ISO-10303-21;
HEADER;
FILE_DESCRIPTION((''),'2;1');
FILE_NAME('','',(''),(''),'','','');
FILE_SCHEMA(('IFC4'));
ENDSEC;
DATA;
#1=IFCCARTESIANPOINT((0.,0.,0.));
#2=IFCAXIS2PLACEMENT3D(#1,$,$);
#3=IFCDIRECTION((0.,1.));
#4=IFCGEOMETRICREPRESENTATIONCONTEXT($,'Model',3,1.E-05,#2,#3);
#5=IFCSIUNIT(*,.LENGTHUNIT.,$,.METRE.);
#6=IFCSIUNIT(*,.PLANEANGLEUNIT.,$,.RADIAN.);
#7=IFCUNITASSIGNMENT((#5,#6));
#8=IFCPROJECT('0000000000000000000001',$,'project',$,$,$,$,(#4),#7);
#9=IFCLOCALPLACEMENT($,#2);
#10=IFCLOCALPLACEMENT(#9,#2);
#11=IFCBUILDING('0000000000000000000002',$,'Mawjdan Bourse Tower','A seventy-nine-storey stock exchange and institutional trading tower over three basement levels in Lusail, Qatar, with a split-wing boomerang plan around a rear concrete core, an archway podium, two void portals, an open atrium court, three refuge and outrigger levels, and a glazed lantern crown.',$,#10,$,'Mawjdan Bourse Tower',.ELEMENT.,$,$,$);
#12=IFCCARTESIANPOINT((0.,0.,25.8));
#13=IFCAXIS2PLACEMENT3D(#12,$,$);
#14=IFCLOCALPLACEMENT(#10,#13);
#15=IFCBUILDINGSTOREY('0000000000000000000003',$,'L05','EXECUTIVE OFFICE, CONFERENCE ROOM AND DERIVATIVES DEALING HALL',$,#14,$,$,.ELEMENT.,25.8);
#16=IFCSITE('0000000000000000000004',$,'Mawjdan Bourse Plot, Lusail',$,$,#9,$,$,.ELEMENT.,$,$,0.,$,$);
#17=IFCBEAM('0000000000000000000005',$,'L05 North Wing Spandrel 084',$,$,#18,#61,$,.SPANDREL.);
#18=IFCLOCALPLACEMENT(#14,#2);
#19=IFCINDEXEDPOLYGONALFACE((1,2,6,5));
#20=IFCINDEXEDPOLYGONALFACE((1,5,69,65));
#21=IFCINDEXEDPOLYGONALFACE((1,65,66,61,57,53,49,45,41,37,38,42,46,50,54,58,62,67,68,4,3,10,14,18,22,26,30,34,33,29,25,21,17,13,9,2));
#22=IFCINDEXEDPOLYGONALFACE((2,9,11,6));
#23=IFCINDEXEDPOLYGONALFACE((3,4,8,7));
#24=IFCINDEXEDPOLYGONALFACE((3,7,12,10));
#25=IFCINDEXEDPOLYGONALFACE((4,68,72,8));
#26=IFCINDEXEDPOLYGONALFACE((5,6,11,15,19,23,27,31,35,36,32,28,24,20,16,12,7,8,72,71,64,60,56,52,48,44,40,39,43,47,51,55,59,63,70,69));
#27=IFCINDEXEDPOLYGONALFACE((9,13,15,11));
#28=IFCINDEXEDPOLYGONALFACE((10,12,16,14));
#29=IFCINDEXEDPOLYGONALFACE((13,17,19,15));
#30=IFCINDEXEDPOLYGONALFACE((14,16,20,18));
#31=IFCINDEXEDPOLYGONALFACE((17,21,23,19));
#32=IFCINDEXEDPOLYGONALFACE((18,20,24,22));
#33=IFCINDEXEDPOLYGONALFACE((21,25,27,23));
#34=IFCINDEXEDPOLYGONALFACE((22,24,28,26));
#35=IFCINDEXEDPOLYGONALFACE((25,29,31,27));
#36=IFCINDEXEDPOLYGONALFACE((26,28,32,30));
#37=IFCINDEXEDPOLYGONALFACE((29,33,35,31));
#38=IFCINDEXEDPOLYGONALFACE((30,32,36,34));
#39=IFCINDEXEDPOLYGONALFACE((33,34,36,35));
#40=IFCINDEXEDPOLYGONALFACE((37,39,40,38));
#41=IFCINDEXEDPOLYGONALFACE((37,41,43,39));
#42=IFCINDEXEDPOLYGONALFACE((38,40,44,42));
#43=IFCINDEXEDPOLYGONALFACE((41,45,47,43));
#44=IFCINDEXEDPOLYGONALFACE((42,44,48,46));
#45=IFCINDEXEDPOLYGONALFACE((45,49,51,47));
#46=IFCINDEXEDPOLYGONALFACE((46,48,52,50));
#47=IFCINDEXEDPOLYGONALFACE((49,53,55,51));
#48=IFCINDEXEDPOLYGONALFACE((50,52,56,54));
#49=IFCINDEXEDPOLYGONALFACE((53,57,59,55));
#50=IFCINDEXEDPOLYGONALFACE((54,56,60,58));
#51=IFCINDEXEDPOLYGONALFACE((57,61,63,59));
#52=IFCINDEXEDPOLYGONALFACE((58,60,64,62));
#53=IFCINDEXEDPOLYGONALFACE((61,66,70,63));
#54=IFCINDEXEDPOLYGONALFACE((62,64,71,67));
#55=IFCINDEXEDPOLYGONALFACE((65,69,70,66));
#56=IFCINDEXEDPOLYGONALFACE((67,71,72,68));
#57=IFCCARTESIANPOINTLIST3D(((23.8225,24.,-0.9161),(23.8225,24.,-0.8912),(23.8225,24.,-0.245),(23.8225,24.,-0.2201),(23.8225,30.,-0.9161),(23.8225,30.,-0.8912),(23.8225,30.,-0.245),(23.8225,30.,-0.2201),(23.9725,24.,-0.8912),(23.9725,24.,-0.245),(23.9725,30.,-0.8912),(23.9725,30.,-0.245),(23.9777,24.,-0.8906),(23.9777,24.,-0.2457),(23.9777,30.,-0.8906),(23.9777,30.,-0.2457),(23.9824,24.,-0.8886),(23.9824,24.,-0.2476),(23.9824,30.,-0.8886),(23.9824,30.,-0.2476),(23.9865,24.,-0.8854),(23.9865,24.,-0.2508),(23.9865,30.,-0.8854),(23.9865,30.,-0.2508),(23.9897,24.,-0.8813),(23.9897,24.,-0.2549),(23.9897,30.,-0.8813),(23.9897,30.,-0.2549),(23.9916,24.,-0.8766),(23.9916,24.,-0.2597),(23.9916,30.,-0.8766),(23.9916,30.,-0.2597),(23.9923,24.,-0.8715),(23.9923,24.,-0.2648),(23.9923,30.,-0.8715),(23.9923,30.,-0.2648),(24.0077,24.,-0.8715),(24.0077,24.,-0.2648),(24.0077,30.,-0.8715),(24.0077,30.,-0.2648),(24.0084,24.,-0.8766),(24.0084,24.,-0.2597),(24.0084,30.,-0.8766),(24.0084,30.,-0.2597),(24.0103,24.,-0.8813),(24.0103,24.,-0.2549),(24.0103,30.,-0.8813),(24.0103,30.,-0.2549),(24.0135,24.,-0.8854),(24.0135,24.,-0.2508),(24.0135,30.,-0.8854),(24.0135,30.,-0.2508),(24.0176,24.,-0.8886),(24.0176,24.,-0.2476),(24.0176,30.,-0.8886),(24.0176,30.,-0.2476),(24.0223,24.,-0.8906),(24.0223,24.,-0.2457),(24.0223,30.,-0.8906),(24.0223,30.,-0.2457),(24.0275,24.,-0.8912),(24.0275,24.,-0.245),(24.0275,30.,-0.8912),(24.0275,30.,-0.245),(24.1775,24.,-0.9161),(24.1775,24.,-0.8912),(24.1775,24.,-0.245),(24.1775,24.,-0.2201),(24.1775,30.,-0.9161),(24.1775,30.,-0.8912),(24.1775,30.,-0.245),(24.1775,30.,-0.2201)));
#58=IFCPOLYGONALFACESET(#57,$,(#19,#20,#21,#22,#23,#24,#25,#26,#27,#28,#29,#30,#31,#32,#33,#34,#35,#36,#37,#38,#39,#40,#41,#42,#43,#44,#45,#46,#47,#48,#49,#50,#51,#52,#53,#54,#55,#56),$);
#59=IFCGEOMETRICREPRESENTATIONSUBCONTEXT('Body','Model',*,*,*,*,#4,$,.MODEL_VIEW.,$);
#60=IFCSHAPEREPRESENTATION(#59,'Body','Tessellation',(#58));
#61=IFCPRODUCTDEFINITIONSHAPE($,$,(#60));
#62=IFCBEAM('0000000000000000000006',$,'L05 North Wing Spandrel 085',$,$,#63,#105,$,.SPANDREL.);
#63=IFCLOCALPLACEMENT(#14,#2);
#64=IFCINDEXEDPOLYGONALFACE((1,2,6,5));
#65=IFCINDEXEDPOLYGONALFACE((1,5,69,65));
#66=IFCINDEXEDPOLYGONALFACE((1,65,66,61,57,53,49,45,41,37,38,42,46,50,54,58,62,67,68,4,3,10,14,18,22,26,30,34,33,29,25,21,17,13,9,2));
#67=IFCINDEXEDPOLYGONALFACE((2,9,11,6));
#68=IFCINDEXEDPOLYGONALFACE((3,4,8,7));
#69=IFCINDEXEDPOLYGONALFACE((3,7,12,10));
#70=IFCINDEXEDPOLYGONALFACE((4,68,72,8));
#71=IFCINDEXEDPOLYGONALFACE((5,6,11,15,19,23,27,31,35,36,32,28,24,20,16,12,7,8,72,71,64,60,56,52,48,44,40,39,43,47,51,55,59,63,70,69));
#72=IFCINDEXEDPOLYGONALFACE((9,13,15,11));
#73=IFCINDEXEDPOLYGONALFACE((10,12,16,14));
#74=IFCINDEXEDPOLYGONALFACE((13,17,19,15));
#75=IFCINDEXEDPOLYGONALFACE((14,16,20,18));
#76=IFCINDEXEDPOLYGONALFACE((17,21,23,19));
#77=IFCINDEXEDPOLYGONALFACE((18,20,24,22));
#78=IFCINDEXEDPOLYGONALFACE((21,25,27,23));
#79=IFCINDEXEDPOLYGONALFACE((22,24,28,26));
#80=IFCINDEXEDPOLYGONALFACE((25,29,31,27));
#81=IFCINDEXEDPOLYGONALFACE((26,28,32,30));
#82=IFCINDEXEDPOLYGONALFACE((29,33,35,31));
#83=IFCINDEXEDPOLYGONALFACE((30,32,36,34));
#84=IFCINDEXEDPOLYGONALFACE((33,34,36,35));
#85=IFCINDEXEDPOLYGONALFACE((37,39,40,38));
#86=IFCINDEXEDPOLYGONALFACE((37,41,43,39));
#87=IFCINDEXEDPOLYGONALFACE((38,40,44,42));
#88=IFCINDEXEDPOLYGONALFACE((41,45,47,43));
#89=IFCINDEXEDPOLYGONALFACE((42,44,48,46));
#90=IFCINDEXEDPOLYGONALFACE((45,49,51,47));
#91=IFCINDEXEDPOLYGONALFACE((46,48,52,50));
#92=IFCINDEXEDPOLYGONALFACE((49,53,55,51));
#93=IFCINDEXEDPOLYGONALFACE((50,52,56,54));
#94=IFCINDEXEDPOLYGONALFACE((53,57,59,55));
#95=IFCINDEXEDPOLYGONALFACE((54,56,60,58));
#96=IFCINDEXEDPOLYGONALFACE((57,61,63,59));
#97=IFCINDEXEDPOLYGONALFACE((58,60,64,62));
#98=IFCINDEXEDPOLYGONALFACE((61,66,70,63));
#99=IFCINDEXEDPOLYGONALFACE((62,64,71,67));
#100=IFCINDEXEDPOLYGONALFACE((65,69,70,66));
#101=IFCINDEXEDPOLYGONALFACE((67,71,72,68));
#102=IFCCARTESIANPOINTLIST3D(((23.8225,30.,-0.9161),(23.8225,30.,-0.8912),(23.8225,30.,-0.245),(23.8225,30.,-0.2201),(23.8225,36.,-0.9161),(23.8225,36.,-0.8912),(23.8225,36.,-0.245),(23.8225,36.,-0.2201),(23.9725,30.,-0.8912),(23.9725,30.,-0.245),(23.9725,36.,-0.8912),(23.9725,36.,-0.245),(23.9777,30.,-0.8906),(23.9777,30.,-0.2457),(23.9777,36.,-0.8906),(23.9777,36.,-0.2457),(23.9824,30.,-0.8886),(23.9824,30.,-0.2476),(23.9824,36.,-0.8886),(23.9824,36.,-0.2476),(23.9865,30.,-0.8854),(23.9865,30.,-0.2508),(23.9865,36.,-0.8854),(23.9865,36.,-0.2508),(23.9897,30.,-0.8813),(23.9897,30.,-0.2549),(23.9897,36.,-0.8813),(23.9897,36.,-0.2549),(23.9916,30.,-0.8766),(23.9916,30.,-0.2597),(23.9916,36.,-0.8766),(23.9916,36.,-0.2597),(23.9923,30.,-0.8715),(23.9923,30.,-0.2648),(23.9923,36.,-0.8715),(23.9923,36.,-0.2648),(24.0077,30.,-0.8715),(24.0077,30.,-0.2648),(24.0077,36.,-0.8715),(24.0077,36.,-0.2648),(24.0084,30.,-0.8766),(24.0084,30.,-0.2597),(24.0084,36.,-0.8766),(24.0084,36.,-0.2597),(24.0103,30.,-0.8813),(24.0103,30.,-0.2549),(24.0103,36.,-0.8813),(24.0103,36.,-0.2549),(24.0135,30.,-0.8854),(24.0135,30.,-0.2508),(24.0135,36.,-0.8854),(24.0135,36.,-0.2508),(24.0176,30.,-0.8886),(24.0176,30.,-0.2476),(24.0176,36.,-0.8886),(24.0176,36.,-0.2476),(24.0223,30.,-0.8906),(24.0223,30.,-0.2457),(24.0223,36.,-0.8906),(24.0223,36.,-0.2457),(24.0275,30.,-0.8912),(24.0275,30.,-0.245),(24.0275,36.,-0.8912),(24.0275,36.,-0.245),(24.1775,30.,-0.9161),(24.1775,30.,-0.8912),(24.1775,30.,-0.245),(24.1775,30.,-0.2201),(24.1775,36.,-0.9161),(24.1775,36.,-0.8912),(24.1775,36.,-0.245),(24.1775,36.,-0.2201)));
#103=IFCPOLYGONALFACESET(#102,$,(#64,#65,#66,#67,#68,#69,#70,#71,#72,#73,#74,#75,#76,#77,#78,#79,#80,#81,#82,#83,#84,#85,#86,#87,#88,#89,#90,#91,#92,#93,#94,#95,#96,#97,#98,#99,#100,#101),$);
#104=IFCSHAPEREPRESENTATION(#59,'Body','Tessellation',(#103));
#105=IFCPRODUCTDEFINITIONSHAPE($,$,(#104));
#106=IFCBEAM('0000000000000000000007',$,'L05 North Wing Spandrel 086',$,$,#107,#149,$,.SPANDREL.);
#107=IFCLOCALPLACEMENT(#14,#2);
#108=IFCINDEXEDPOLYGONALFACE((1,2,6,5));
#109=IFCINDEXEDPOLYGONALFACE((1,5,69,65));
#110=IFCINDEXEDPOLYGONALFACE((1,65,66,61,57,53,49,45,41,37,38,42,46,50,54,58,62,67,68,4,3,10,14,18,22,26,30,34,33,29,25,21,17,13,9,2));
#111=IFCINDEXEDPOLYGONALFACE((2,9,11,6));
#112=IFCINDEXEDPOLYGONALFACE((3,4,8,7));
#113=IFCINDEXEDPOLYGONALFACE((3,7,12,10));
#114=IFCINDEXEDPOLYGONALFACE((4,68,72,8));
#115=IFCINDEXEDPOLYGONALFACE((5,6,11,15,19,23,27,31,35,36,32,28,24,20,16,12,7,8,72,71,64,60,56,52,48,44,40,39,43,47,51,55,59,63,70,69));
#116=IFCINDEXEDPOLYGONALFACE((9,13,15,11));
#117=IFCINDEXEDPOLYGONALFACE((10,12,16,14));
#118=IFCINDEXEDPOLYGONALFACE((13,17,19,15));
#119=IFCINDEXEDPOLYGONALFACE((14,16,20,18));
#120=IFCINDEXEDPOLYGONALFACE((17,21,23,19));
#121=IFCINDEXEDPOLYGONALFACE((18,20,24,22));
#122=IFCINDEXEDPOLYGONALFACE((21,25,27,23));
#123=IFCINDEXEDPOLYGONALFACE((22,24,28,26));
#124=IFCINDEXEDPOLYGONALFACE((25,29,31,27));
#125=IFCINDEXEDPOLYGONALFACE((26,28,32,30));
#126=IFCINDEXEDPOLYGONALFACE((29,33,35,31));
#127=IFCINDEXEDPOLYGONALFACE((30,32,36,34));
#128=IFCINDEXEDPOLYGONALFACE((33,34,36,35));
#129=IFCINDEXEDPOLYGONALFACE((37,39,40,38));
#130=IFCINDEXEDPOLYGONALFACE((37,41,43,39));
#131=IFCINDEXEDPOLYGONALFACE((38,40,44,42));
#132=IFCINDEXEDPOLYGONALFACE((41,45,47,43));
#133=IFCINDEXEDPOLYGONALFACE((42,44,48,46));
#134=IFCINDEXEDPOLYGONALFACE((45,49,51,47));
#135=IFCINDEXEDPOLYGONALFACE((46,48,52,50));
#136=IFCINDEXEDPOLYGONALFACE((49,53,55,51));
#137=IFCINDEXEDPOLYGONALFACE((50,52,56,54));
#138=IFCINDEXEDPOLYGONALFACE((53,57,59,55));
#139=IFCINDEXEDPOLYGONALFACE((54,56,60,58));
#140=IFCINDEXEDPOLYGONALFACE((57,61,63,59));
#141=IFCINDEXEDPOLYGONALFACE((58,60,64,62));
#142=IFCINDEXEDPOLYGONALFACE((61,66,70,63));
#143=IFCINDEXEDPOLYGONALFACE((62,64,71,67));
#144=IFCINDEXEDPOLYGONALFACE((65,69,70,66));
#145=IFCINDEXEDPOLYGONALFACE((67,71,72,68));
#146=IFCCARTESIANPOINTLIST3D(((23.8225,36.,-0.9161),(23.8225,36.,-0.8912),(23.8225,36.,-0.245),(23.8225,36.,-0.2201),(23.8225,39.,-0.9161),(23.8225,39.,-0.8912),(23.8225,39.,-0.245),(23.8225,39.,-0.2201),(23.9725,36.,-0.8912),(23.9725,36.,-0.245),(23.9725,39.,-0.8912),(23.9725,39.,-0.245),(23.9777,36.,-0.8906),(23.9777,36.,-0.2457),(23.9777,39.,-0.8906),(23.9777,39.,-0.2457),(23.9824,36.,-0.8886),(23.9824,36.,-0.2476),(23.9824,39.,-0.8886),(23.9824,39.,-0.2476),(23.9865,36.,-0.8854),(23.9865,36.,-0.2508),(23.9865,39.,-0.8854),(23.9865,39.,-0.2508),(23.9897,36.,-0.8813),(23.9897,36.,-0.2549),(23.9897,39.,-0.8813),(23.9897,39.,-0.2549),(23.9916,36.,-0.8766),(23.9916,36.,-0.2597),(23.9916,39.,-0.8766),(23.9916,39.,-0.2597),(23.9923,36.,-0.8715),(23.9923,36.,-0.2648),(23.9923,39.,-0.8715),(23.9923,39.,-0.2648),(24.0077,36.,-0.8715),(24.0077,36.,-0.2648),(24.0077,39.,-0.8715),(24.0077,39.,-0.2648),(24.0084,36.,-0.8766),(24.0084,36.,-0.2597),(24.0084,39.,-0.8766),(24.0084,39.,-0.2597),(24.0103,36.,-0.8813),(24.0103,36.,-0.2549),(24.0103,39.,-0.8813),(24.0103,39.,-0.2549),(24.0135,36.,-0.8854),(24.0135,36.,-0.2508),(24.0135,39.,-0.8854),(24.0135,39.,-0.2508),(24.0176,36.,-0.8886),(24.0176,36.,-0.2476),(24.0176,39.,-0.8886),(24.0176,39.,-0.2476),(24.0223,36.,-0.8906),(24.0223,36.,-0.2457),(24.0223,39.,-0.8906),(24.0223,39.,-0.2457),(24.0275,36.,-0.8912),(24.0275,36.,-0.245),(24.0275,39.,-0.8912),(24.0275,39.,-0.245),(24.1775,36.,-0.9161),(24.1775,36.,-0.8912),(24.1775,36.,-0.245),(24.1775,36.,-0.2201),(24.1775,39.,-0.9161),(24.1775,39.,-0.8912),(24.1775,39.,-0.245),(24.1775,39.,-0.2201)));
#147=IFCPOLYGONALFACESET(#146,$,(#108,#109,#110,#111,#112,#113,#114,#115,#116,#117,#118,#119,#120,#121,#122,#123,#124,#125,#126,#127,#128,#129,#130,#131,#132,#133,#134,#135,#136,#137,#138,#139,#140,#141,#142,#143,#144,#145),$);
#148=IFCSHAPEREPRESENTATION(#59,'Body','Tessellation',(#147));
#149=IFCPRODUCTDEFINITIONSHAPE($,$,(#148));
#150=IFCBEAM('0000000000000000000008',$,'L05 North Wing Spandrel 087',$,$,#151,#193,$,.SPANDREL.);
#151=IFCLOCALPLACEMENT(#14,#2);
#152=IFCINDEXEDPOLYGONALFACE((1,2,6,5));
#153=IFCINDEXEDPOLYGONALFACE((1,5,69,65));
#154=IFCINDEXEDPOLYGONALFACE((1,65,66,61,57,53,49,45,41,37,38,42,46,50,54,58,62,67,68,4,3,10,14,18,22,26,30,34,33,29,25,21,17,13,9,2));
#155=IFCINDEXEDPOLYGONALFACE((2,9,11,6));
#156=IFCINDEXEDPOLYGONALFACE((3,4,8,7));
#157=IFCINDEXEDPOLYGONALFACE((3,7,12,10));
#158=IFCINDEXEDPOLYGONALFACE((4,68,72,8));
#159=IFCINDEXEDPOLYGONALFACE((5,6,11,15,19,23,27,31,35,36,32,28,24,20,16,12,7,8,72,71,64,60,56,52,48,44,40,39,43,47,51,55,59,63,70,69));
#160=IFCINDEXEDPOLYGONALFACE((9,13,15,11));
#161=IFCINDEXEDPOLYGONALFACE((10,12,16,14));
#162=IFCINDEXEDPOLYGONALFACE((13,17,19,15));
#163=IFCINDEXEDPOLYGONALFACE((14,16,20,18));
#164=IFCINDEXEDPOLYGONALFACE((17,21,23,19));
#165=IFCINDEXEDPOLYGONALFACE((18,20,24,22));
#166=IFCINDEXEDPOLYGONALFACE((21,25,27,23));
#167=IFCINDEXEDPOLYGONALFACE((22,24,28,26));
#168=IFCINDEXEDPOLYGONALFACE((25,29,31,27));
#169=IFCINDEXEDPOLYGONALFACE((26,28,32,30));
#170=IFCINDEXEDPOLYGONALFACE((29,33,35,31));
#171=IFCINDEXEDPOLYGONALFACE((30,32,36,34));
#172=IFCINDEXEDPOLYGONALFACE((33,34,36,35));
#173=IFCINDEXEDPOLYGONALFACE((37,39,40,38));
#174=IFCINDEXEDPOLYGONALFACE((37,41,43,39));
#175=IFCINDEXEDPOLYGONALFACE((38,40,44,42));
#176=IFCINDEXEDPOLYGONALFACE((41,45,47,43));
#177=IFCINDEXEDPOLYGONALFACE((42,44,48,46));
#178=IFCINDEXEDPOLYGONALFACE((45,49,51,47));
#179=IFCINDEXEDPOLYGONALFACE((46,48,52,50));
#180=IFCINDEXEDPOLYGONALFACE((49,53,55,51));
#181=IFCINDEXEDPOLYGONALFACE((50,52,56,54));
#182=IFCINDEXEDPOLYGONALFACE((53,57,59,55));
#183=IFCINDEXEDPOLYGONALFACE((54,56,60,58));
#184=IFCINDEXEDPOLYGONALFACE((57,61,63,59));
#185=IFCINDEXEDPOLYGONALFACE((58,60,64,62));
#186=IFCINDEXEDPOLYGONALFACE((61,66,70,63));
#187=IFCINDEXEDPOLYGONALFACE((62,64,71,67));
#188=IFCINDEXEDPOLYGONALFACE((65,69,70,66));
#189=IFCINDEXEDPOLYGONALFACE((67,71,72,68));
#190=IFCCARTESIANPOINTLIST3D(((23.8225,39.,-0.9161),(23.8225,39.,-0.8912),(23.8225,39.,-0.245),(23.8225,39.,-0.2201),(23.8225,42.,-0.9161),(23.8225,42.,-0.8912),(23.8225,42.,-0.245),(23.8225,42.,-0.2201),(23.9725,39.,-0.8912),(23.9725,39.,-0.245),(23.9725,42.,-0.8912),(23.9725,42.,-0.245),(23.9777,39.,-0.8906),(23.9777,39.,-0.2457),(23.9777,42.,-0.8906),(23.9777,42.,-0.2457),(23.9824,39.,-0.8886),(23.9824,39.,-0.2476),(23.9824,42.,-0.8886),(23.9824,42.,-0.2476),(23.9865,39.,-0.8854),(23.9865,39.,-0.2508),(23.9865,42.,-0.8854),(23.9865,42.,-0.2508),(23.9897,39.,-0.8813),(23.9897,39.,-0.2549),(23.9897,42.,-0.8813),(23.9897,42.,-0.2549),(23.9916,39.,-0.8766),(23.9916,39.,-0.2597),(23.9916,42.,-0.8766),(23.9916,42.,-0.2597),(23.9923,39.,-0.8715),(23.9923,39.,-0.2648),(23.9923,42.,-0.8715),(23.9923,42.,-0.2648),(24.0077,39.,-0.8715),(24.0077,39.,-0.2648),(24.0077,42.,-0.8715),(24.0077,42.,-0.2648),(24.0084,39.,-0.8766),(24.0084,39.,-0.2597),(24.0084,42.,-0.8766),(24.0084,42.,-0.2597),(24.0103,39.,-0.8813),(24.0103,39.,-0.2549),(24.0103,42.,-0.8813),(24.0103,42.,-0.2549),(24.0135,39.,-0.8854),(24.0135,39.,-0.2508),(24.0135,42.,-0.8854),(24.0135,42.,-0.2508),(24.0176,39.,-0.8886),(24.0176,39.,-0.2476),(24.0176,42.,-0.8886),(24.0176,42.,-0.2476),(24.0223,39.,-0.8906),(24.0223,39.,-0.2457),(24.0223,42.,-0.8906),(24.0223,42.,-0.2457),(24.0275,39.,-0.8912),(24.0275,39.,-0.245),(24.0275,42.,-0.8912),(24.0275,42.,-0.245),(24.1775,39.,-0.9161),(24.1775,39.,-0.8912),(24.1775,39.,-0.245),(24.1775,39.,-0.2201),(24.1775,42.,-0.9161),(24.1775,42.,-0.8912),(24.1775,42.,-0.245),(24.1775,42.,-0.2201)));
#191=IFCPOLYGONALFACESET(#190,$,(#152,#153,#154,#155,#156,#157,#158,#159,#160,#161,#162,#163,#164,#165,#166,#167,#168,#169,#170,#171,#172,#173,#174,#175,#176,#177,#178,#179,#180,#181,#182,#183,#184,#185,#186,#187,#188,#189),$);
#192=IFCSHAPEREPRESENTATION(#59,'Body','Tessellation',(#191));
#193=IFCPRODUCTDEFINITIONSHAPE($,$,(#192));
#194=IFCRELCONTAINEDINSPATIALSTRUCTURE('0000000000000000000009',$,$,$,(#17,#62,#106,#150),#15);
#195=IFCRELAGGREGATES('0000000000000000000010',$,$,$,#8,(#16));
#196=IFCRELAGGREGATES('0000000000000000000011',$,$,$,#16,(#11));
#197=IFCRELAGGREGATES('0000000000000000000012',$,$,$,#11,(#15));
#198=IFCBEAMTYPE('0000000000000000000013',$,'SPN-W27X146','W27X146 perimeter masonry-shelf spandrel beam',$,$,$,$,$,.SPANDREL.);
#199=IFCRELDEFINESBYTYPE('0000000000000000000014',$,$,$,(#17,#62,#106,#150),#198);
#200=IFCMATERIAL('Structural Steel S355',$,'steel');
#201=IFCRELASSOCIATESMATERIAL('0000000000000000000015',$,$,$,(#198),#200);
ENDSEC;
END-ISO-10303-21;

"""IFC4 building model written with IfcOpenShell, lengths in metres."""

from ifc_helpers import new_model, si_unit, direction, frame, origin, origin_2d, place, context, subcontext, project, spatial, i_section, extrude, material, material_profile, profile_set, type_object, element, save


model = new_model("IFC4")

# Units and contexts
model_context = context("Model", 3, precision=1e-05, world=origin(), true_north=direction((0.0, 1.0)))
body_context = subcontext(model_context, "Body", "Model", "MODEL_VIEW")
ifc_project = project(units=[si_unit("LENGTHUNIT", "METRE"), si_unit("PLANEANGLEUNIT", "RADIAN")], contexts=[model_context])

# Site, building, storey
site_placement = place(None, origin())
site = spatial("IfcSite", under=ifc_project, at=site_placement, Name="Mawjdan Bourse Plot, Lusail", CompositionType="ELEMENT", RefElevation=0.0)
building_placement = place(site_placement, origin())
building = spatial("IfcBuilding", under=site, at=building_placement, Name="Mawjdan Bourse Tower", Description="A seventy-nine-storey stock exchange and institutional trading tower over three basement levels in Lusail, Qatar, with a split-wing boomerang plan around a rear concrete core, an archway podium, two void portals, an open atrium court, three refuge and outrigger levels, and a glazed lantern crown.", LongName="Mawjdan Bourse Tower", CompositionType="ELEMENT")
storey_placement = place(building_placement, frame((0.0, 0.0, 25.8)))
storey = spatial("IfcBuildingStorey", under=building, at=storey_placement, Name="L05", Description="EXECUTIVE OFFICE, CONFERENCE ROOM AND DERIVATIVES DEALING HALL", CompositionType="ELEMENT", Elevation=25.8)

# Beams
ifc_material_1 = material(Name="Structural Steel S355", Category="steel")
ifc_material_profile_1 = material_profile(ifc_material_1, i_section(OverallWidth=0.355, OverallDepth=0.696, WebThickness=0.0154, FlangeThickness=0.0249, FilletRadius=0.0198, at=origin_2d()), Name="W27X146")
ifc_profile_set_1 = profile_set([ifc_material_profile_1], Name="Structural Steel S355")
beam_type = type_object("IfcBeamType", Name="SPN-W27X146", Description="W27X146 perimeter masonry-shelf spandrel beam", PredefinedType="SPANDREL", material=ifc_profile_set_1)
for number, where, z_axis, x_axis, name in (
    (1, (24.0, 24.0, -0.5681), (0.0, 1.0, 0.0), (-1.0, 0.0, 0.0), "L05 North Wing Spandrel 084"),
    (2, (24.0, 30.0, -0.5681), (0.0, 1.0, 0.0), (-1.0, 0.0, 0.0), "L05 North Wing Spandrel 085"),
):
    element("IfcBeam", number, at=place(storey_placement, frame(where, z_axis=z_axis, x_axis=x_axis)), inside=storey, type_object=beam_type, Name=name, PredefinedType="SPANDREL", context=body_context, shape_type="SweptSolid", body=[
        extrude(i_section(OverallWidth=0.355, OverallDepth=0.696, WebThickness=0.0154, FlangeThickness=0.0249, FilletRadius=0.0198, at=origin_2d()), origin(), (0.0, 0.0, 1.0), 6.0),
    ])
for number, where, z_axis, x_axis, name in (
    (3, (24.0, 36.0, -0.5681), (0.0, 1.0, 0.0), (-1.0, 0.0, 0.0), "L05 North Wing Spandrel 086"),
    (4, (24.0, 39.0, -0.5681), (0.0, 1.0, 0.0), (-1.0, 0.0, 0.0), "L05 North Wing Spandrel 087"),
):
    element("IfcBeam", number, at=place(storey_placement, frame(where, z_axis=z_axis, x_axis=x_axis)), inside=storey, type_object=beam_type, Name=name, PredefinedType="SPANDREL", context=body_context, shape_type="SweptSolid", body=[
        extrude(i_section(OverallWidth=0.355, OverallDepth=0.696, WebThickness=0.0154, FlangeThickness=0.0249, FilletRadius=0.0198, at=origin_2d()), origin(), (0.0, 0.0, 1.0), 3.0),
    ])

save(model, "model.ifc")
